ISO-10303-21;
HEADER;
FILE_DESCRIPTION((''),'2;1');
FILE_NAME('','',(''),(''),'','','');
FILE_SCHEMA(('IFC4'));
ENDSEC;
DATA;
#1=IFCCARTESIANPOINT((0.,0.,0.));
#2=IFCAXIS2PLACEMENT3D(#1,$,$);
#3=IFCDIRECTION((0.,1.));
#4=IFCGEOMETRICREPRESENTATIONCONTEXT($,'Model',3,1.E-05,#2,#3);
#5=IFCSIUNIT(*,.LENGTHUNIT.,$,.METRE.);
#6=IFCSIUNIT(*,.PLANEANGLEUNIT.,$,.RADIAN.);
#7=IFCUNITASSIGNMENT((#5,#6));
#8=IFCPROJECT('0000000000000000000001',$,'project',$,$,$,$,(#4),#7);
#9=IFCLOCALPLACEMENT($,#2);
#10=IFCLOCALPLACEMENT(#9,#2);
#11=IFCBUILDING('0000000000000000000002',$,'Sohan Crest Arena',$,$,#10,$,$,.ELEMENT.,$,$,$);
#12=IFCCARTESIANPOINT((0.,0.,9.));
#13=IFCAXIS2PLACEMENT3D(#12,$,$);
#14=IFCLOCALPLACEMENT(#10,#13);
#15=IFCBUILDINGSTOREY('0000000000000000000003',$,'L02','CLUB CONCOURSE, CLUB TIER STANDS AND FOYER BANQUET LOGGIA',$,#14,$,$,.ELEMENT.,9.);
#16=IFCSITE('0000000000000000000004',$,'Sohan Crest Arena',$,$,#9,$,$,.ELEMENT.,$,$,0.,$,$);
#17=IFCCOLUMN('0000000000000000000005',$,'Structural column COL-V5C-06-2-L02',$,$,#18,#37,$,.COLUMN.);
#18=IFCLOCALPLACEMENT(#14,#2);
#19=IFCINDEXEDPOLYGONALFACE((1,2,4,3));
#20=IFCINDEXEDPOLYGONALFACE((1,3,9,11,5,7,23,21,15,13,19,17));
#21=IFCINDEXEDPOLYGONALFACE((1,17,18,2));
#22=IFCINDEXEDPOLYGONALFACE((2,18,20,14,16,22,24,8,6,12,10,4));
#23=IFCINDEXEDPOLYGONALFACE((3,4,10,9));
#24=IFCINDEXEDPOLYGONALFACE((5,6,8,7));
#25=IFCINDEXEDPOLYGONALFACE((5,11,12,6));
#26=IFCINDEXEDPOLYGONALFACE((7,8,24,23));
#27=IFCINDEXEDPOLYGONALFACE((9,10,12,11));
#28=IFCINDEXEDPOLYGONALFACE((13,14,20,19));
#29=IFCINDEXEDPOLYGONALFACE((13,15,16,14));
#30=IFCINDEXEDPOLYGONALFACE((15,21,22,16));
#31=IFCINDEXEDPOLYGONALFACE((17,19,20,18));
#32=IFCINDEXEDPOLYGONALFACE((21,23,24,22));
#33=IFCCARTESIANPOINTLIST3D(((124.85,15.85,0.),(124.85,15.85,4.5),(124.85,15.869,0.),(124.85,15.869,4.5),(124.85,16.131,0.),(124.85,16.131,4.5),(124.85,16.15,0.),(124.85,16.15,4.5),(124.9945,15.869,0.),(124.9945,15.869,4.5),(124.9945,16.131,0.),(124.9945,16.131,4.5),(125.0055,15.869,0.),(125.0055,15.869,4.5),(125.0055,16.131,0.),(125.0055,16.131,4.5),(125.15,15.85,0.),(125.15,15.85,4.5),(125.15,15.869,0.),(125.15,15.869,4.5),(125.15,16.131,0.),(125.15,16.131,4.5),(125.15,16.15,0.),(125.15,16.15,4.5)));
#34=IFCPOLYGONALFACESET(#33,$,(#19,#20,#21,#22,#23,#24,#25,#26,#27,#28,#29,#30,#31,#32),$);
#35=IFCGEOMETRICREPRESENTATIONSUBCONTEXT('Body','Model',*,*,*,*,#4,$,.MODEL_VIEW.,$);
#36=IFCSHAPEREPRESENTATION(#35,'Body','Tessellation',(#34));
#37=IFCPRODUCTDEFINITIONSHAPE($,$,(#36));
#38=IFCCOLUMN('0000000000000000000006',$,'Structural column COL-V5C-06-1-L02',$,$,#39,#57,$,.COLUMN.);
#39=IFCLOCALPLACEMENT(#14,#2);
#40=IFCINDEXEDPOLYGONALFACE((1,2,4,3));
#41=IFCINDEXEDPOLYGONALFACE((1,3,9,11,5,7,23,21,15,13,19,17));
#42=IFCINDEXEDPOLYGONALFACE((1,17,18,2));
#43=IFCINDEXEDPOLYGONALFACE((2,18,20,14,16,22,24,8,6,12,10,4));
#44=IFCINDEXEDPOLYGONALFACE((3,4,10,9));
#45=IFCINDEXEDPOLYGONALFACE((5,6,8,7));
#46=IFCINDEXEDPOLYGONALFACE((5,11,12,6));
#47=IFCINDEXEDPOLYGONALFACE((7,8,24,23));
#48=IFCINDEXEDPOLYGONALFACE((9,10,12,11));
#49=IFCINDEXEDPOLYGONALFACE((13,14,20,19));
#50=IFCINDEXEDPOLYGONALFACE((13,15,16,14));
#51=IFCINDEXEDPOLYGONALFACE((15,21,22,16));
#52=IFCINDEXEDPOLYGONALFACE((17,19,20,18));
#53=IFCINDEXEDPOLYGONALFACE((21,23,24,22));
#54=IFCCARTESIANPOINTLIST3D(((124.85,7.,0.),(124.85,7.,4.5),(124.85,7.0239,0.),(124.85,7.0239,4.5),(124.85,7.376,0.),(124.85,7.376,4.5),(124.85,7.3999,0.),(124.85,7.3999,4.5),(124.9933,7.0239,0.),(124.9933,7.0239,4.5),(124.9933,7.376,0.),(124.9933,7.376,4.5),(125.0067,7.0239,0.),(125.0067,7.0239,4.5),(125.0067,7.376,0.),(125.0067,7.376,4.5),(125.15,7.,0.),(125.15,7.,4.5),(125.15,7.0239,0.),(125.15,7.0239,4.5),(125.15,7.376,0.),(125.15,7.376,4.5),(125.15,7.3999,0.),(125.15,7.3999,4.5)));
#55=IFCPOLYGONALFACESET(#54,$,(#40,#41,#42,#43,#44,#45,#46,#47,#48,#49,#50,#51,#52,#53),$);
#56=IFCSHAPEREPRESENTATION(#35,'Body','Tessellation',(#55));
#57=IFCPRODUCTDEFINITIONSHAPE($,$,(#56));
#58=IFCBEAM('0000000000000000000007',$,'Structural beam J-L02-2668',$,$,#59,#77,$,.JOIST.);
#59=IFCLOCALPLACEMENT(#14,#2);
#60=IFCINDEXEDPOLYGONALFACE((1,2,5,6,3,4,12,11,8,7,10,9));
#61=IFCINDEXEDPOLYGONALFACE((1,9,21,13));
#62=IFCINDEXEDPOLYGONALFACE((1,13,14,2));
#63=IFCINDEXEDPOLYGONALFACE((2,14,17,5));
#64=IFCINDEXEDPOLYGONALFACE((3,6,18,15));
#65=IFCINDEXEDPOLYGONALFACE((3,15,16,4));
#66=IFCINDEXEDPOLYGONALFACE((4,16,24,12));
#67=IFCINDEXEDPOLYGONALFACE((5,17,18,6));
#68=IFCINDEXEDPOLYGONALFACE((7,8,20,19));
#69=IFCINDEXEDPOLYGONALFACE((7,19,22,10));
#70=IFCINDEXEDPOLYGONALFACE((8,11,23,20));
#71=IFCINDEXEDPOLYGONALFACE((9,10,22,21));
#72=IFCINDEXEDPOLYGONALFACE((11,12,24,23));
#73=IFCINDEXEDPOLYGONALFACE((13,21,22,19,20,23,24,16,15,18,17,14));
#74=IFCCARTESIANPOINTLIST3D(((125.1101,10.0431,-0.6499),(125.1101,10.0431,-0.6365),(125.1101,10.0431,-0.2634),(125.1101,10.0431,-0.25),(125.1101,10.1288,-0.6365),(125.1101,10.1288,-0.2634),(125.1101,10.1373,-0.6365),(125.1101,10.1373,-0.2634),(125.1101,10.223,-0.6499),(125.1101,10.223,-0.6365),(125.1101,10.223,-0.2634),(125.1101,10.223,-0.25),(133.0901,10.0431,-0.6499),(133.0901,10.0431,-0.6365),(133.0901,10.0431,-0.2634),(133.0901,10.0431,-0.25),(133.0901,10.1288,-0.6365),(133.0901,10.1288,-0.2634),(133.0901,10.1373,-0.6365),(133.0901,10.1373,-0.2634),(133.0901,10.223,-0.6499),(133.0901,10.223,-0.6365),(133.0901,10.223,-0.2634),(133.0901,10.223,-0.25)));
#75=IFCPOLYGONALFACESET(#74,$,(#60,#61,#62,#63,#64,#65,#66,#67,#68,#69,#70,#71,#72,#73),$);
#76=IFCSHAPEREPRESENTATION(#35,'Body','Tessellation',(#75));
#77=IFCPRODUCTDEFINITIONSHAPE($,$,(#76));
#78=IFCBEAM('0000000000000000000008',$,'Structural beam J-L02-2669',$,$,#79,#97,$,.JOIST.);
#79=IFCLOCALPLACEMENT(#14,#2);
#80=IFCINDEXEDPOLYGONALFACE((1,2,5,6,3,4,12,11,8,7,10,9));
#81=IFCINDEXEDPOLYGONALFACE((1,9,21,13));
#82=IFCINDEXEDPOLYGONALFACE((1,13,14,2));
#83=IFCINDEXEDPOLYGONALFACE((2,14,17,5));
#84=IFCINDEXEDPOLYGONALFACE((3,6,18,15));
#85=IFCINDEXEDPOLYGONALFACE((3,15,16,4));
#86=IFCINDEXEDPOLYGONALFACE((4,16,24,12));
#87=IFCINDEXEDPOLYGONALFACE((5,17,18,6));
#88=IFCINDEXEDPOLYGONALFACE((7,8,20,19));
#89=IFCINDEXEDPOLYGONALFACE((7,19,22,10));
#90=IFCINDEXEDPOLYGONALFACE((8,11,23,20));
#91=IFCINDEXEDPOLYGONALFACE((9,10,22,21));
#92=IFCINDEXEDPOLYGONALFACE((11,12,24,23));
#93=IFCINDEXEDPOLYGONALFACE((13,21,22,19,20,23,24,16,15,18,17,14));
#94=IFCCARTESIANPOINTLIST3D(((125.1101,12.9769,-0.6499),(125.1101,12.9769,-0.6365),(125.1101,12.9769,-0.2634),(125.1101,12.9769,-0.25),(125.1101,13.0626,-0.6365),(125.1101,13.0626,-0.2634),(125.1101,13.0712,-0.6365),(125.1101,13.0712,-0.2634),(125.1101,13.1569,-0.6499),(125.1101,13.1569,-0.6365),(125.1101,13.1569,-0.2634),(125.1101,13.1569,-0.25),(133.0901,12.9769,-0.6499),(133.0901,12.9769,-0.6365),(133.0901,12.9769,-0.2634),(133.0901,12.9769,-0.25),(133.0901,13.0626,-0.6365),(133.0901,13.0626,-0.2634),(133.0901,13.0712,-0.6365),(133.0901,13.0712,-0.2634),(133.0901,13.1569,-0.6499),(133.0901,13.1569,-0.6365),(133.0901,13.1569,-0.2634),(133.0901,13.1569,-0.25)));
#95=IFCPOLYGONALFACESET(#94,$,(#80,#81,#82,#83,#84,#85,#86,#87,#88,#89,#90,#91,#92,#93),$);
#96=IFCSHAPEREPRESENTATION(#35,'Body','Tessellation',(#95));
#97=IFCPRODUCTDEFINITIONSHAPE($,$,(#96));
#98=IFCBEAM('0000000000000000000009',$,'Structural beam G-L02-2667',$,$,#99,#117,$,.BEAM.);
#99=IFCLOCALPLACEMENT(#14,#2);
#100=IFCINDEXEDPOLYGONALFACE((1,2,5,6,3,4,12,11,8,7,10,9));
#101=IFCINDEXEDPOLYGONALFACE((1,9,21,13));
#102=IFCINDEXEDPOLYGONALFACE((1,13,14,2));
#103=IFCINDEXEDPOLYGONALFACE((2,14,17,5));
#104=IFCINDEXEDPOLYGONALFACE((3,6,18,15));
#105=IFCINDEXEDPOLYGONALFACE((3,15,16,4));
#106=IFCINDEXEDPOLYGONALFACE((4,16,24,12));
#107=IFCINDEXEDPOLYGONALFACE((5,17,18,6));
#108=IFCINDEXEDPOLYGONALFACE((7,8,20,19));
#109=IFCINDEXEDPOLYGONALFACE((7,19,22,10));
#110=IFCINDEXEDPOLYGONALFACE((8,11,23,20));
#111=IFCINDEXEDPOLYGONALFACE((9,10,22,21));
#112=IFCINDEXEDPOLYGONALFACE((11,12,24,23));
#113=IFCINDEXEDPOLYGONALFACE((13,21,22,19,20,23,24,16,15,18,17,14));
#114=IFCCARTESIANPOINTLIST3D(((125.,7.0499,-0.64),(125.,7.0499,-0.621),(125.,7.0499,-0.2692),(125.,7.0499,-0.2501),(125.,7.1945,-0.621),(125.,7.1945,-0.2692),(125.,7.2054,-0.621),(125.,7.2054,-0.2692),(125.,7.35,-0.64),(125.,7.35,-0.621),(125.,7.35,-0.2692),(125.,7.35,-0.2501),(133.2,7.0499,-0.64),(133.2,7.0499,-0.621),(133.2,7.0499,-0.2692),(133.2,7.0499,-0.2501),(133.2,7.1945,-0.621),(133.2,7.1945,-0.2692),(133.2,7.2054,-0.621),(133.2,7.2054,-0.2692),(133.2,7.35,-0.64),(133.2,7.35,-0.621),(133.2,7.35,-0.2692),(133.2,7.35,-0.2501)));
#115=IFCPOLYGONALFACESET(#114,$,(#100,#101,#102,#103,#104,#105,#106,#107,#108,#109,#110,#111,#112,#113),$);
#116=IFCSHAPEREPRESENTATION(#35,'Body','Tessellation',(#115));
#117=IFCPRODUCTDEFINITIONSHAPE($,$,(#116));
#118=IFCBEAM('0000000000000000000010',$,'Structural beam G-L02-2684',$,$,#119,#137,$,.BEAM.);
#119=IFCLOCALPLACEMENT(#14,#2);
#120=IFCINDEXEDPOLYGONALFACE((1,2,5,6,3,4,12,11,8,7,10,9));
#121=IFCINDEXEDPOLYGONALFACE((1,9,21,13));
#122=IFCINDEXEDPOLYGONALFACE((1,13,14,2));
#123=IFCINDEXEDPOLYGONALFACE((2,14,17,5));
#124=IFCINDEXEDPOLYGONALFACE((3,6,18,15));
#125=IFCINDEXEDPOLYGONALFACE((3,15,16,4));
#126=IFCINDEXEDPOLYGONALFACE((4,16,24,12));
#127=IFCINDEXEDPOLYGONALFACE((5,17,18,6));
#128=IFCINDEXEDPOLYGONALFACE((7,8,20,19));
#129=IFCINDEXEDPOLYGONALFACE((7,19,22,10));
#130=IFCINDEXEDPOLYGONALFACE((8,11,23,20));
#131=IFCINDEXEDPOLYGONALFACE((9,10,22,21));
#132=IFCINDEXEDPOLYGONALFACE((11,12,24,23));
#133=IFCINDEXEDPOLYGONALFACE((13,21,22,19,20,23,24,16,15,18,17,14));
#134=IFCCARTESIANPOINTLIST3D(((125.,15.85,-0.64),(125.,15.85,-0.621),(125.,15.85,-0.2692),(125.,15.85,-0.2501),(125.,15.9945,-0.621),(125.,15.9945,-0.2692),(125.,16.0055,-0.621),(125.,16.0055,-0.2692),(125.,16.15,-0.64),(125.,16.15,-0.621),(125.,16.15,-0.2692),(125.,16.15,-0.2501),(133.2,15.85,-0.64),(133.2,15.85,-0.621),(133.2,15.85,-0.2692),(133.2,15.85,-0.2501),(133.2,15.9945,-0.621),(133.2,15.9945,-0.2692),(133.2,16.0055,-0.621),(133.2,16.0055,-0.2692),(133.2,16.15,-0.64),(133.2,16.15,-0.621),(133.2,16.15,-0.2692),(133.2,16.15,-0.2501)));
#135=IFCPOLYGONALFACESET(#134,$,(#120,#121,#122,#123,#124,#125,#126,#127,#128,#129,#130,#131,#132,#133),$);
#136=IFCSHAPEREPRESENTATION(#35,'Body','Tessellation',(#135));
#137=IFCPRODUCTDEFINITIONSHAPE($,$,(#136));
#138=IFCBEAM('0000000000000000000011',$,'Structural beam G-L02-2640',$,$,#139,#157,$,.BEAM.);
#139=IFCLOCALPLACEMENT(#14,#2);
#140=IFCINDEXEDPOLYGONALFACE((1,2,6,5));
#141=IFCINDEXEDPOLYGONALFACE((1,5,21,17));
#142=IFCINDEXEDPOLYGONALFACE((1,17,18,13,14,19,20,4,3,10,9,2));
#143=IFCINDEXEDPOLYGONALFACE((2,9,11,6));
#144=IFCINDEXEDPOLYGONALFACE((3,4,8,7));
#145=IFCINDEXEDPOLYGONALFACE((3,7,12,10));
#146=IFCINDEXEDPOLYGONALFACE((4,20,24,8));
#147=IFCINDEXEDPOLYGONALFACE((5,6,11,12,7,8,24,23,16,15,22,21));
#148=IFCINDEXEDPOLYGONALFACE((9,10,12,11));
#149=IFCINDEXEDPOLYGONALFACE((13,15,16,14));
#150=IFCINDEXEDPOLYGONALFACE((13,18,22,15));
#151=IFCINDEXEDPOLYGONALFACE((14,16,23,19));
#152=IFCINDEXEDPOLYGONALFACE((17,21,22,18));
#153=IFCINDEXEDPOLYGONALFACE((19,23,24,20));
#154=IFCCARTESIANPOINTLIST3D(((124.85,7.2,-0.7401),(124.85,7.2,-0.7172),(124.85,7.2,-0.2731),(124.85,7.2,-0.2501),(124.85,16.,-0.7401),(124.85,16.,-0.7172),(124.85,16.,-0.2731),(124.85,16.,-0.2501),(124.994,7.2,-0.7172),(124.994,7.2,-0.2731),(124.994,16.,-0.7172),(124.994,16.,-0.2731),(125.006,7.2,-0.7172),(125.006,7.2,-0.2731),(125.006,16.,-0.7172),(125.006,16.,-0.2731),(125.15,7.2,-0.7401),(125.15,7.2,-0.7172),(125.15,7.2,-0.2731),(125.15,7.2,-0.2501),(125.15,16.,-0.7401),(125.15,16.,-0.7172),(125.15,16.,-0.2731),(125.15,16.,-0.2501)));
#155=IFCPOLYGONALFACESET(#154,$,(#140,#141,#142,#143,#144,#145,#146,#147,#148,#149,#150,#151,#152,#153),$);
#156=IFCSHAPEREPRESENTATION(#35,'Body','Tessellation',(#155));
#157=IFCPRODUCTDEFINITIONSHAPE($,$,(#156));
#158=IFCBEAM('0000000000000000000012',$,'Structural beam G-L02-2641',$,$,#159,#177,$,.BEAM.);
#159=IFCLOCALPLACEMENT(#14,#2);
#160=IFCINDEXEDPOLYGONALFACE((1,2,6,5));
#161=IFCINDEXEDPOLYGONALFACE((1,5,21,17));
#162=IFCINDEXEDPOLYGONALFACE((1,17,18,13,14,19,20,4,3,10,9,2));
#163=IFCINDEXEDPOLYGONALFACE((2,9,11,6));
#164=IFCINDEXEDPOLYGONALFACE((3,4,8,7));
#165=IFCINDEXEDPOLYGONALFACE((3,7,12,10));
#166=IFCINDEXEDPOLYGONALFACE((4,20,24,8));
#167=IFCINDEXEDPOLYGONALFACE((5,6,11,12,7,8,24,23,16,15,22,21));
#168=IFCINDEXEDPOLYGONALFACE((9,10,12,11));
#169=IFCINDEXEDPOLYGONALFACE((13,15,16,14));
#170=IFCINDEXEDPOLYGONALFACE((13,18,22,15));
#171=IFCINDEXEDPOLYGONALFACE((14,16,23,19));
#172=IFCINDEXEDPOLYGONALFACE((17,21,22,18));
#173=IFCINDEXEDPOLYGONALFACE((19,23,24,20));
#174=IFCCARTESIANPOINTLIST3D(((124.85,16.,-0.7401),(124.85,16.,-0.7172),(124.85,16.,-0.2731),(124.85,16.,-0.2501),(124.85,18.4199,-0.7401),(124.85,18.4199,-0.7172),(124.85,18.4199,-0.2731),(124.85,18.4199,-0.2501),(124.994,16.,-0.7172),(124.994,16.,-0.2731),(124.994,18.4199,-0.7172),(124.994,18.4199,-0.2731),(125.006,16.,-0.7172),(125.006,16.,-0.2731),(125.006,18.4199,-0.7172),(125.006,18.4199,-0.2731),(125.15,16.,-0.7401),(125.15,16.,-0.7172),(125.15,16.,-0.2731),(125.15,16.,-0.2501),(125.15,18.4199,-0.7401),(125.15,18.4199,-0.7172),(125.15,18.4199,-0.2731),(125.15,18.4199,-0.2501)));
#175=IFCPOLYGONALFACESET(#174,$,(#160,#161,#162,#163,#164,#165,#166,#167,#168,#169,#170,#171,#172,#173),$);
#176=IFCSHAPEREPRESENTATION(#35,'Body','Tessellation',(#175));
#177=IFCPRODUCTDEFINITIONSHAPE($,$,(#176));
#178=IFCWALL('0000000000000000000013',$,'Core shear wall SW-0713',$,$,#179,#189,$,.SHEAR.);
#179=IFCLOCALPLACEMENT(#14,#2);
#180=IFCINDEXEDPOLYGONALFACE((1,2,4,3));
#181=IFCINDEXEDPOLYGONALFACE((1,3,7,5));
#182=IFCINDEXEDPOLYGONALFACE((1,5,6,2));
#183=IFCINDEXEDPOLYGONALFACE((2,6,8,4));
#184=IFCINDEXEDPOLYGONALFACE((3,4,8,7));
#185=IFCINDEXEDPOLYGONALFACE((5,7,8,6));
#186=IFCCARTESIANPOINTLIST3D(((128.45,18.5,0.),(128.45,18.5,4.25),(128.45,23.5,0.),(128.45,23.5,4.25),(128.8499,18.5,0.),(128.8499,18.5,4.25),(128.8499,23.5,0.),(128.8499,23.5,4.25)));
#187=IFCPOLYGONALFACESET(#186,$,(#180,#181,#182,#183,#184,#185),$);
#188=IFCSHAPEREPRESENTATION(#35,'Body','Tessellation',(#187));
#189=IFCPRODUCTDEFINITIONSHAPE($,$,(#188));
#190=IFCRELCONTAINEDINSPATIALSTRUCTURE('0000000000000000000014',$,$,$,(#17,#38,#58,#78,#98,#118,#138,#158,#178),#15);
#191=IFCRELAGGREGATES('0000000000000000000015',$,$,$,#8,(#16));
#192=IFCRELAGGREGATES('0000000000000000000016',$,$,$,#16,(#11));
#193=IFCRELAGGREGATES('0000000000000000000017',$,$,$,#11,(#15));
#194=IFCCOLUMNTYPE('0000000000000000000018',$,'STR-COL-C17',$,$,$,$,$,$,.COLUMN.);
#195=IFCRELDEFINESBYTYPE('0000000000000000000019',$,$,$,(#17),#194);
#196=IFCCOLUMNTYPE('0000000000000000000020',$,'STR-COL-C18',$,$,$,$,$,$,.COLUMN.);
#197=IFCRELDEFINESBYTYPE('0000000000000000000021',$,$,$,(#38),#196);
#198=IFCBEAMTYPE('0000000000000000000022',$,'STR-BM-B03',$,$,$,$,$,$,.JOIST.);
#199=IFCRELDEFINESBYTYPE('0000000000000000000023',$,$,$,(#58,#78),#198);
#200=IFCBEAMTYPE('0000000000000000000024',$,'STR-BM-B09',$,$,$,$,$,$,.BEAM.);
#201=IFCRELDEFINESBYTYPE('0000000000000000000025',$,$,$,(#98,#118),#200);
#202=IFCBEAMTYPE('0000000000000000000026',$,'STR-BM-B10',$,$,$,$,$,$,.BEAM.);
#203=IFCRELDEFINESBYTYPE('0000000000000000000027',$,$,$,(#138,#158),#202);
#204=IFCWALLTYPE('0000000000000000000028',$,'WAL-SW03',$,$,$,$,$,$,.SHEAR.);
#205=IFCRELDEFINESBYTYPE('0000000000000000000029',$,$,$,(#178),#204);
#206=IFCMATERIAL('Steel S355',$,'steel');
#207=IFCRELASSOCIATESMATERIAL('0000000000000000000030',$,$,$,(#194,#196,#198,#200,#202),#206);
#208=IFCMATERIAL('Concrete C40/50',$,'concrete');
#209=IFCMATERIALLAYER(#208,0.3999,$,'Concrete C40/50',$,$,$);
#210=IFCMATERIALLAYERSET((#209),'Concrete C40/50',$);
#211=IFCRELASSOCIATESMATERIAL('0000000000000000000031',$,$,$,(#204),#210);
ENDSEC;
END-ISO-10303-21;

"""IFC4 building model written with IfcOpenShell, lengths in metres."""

from ifc_helpers import new_model, si_unit, direction, frame, frame_2d, origin, origin_2d, place, context, subcontext, project, spatial, rectangle, i_section, extrude, material, layer, layer_set, material_profile, profile_set, type_object, element, save


model = new_model("IFC4")

# Units and contexts
model_context = context("Model", 3, precision=1e-05, world=origin(), true_north=direction((0.0, 1.0)))
body_context = subcontext(model_context, "Body", "Model", "MODEL_VIEW")
ifc_project = project(units=[si_unit("LENGTHUNIT", "METRE"), si_unit("PLANEANGLEUNIT", "RADIAN")], contexts=[model_context])

# Site, building, storey
site_placement = place(None, origin())
site = spatial("IfcSite", under=ifc_project, at=site_placement, Name="Sohan Crest Arena", CompositionType="ELEMENT", RefElevation=0.0)
building_placement = place(site_placement, origin())
building = spatial("IfcBuilding", under=site, at=building_placement, Name="Sohan Crest Arena", CompositionType="ELEMENT")
storey_placement = place(building_placement, frame((0.0, 0.0, 9.0)))
storey = spatial("IfcBuildingStorey", under=building, at=storey_placement, Name="L02", Description="CLUB CONCOURSE, CLUB TIER STANDS AND FOYER BANQUET LOGGIA", CompositionType="ELEMENT", Elevation=9.0)

# Columns
ifc_material_1 = material(Name="Steel S355", Category="steel")
ifc_material_profile_1 = material_profile(ifc_material_1, i_section(OverallWidth=0.3, OverallDepth=0.3, WebThickness=0.011, FlangeThickness=0.019, at=origin_2d()), Name="HEB 300")
ifc_profile_set_1 = profile_set([ifc_material_profile_1], Name="Steel S355")
column_type_1 = type_object("IfcColumnType", Name="STR-COL-C17", PredefinedType="COLUMN", material=ifc_profile_set_1)
column_1_placement = place(storey_placement, frame((125.0, 16.0, 0.0), z_axis=(0.0, 0.0, 1.0), x_axis=(1.0, 0.0, 0.0)))
element("IfcColumn", 1, at=column_1_placement, inside=storey, type_object=column_type_1, Name="Structural column COL-V5C-06-2-L02", PredefinedType="COLUMN", context=body_context, shape_type="SweptSolid", body=[
    extrude(i_section(OverallWidth=0.3, OverallDepth=0.3, WebThickness=0.011, FlangeThickness=0.019, at=origin_2d()), origin(), (0.0, 0.0, 1.0), 4.5),
])
ifc_material_profile_2 = material_profile(ifc_material_1, i_section(OverallWidth=0.3, OverallDepth=0.3999, WebThickness=0.0134, FlangeThickness=0.0239, at=origin_2d()), Name="HEB 400")
ifc_profile_set_2 = profile_set([ifc_material_profile_2], Name="Steel S355")
column_type_2 = type_object("IfcColumnType", Name="STR-COL-C18", PredefinedType="COLUMN", material=ifc_profile_set_2)
column_2_placement = place(storey_placement, frame((125.0, 7.2, 0.0), z_axis=(0.0, 0.0, 1.0), x_axis=(1.0, 0.0, 0.0)))
element("IfcColumn", 2, at=column_2_placement, inside=storey, type_object=column_type_2, Name="Structural column COL-V5C-06-1-L02", PredefinedType="COLUMN", context=body_context, shape_type="SweptSolid", body=[
    extrude(i_section(OverallWidth=0.3, OverallDepth=0.3999, WebThickness=0.0134, FlangeThickness=0.0239, at=origin_2d()), origin(), (0.0, 0.0, 1.0), 4.5),
])

# Beams
ifc_material_profile_3 = material_profile(ifc_material_1, i_section(OverallWidth=0.1799, OverallDepth=0.3999, WebThickness=0.0085, FlangeThickness=0.0134, at=origin_2d()), Name="IPE 400")
ifc_profile_set_3 = profile_set([ifc_material_profile_3], Name="Steel S355")
beam_type_1 = type_object("IfcBeamType", Name="STR-BM-B03", PredefinedType="JOIST", material=ifc_profile_set_3)
for number, where, z_axis, x_axis, name in (
    (3, (125.1101, 10.1331, -0.45), (1.0, 0.0, 0.0), (0.0, 1.0, 0.0), "Structural beam J-L02-2668"),
    (4, (125.1101, 13.0669, -0.45), (1.0, 0.0, 0.0), (0.0, 1.0, 0.0), "Structural beam J-L02-2669"),
):
    element("IfcBeam", number, at=place(storey_placement, frame(where, z_axis=z_axis, x_axis=x_axis)), inside=storey, type_object=beam_type_1, Name=name, PredefinedType="JOIST", context=body_context, shape_type="SweptSolid", body=[
        extrude(i_section(OverallWidth=0.1799, OverallDepth=0.3999, WebThickness=0.0085, FlangeThickness=0.0134, at=origin_2d()), origin(), (0.0, 0.0, 1.0), 7.98),
    ])
ifc_material_profile_4 = material_profile(ifc_material_1, i_section(OverallWidth=0.3, OverallDepth=0.3899, WebThickness=0.011, FlangeThickness=0.019, at=origin_2d()), Name="HEA 400")
ifc_profile_set_4 = profile_set([ifc_material_profile_4], Name="Steel S355")
beam_type_2 = type_object("IfcBeamType", Name="STR-BM-B09", PredefinedType="BEAM", material=ifc_profile_set_4)
for number, where, z_axis, x_axis, name in (
    (5, (125.0, 7.2, -0.4451), (1.0, 0.0, 0.0), (0.0, 1.0, 0.0), "Structural beam G-L02-2667"),
    (6, (125.0, 16.0, -0.4451), (1.0, 0.0, 0.0), (0.0, 1.0, 0.0), "Structural beam G-L02-2684"),
):
    element("IfcBeam", number, at=place(storey_placement, frame(where, z_axis=z_axis, x_axis=x_axis)), inside=storey, type_object=beam_type_2, Name=name, PredefinedType="BEAM", context=body_context, shape_type="SweptSolid", body=[
        extrude(i_section(OverallWidth=0.3, OverallDepth=0.3899, WebThickness=0.011, FlangeThickness=0.019, at=origin_2d()), origin(), (0.0, 0.0, 1.0), 8.2),
    ])
ifc_material_profile_5 = material_profile(ifc_material_1, i_section(OverallWidth=0.3, OverallDepth=0.49, WebThickness=0.012, FlangeThickness=0.0229, at=origin_2d()), Name="HEA 500")
ifc_profile_set_5 = profile_set([ifc_material_profile_5], Name="Steel S355")
beam_type_3 = type_object("IfcBeamType", Name="STR-BM-B10", PredefinedType="BEAM", material=ifc_profile_set_5)
beam_1_placement = place(storey_placement, frame((125.0, 7.2, -0.4951), z_axis=(0.0, 1.0, 0.0), x_axis=(-1.0, 0.0, 0.0)))
element("IfcBeam", 7, at=beam_1_placement, inside=storey, type_object=beam_type_3, Name="Structural beam G-L02-2640", PredefinedType="BEAM", context=body_context, shape_type="SweptSolid", body=[
    extrude(i_section(OverallWidth=0.3, OverallDepth=0.49, WebThickness=0.012, FlangeThickness=0.0229, at=origin_2d()), origin(), (0.0, 0.0, 1.0), 8.8),
])
beam_2_placement = place(storey_placement, frame((125.0, 16.0, -0.4951), z_axis=(0.0, 1.0, 0.0), x_axis=(-1.0, 0.0, 0.0)))
element("IfcBeam", 8, at=beam_2_placement, inside=storey, type_object=beam_type_3, Name="Structural beam G-L02-2641", PredefinedType="BEAM", context=body_context, shape_type="SweptSolid", body=[
    extrude(i_section(OverallWidth=0.3, OverallDepth=0.49, WebThickness=0.012, FlangeThickness=0.0229, at=origin_2d()), origin(), (0.0, 0.0, 1.0), 2.4199),
])

# Wall
ifc_material_2 = material(Name="Concrete C40/50", Category="concrete")
ifc_layer_1 = layer(ifc_material_2, 0.3999, Name="Concrete C40/50")
ifc_layer_set_1 = layer_set([ifc_layer_1], Name="Concrete C40/50")
wall_type = type_object("IfcWallType", Name="WAL-SW03", PredefinedType="SHEAR", material=ifc_layer_set_1)
wall_1_placement = place(storey_placement, frame((128.6499, 18.5, 0.0), z_axis=(0.0, 0.0, 1.0), x_axis=(0.0, 1.0, 0.0)))
element("IfcWall", 9, at=wall_1_placement, inside=storey, type_object=wall_type, Name="Core shear wall SW-0713", PredefinedType="SHEAR", context=body_context, shape_type="SweptSolid", body=[
    extrude(rectangle(XDim=5.0, YDim=0.3999, at=frame_2d((2.5, 0.0))), origin(), (0.0, 0.0, 1.0), 4.25),
])

save(model, "model.ifc")
